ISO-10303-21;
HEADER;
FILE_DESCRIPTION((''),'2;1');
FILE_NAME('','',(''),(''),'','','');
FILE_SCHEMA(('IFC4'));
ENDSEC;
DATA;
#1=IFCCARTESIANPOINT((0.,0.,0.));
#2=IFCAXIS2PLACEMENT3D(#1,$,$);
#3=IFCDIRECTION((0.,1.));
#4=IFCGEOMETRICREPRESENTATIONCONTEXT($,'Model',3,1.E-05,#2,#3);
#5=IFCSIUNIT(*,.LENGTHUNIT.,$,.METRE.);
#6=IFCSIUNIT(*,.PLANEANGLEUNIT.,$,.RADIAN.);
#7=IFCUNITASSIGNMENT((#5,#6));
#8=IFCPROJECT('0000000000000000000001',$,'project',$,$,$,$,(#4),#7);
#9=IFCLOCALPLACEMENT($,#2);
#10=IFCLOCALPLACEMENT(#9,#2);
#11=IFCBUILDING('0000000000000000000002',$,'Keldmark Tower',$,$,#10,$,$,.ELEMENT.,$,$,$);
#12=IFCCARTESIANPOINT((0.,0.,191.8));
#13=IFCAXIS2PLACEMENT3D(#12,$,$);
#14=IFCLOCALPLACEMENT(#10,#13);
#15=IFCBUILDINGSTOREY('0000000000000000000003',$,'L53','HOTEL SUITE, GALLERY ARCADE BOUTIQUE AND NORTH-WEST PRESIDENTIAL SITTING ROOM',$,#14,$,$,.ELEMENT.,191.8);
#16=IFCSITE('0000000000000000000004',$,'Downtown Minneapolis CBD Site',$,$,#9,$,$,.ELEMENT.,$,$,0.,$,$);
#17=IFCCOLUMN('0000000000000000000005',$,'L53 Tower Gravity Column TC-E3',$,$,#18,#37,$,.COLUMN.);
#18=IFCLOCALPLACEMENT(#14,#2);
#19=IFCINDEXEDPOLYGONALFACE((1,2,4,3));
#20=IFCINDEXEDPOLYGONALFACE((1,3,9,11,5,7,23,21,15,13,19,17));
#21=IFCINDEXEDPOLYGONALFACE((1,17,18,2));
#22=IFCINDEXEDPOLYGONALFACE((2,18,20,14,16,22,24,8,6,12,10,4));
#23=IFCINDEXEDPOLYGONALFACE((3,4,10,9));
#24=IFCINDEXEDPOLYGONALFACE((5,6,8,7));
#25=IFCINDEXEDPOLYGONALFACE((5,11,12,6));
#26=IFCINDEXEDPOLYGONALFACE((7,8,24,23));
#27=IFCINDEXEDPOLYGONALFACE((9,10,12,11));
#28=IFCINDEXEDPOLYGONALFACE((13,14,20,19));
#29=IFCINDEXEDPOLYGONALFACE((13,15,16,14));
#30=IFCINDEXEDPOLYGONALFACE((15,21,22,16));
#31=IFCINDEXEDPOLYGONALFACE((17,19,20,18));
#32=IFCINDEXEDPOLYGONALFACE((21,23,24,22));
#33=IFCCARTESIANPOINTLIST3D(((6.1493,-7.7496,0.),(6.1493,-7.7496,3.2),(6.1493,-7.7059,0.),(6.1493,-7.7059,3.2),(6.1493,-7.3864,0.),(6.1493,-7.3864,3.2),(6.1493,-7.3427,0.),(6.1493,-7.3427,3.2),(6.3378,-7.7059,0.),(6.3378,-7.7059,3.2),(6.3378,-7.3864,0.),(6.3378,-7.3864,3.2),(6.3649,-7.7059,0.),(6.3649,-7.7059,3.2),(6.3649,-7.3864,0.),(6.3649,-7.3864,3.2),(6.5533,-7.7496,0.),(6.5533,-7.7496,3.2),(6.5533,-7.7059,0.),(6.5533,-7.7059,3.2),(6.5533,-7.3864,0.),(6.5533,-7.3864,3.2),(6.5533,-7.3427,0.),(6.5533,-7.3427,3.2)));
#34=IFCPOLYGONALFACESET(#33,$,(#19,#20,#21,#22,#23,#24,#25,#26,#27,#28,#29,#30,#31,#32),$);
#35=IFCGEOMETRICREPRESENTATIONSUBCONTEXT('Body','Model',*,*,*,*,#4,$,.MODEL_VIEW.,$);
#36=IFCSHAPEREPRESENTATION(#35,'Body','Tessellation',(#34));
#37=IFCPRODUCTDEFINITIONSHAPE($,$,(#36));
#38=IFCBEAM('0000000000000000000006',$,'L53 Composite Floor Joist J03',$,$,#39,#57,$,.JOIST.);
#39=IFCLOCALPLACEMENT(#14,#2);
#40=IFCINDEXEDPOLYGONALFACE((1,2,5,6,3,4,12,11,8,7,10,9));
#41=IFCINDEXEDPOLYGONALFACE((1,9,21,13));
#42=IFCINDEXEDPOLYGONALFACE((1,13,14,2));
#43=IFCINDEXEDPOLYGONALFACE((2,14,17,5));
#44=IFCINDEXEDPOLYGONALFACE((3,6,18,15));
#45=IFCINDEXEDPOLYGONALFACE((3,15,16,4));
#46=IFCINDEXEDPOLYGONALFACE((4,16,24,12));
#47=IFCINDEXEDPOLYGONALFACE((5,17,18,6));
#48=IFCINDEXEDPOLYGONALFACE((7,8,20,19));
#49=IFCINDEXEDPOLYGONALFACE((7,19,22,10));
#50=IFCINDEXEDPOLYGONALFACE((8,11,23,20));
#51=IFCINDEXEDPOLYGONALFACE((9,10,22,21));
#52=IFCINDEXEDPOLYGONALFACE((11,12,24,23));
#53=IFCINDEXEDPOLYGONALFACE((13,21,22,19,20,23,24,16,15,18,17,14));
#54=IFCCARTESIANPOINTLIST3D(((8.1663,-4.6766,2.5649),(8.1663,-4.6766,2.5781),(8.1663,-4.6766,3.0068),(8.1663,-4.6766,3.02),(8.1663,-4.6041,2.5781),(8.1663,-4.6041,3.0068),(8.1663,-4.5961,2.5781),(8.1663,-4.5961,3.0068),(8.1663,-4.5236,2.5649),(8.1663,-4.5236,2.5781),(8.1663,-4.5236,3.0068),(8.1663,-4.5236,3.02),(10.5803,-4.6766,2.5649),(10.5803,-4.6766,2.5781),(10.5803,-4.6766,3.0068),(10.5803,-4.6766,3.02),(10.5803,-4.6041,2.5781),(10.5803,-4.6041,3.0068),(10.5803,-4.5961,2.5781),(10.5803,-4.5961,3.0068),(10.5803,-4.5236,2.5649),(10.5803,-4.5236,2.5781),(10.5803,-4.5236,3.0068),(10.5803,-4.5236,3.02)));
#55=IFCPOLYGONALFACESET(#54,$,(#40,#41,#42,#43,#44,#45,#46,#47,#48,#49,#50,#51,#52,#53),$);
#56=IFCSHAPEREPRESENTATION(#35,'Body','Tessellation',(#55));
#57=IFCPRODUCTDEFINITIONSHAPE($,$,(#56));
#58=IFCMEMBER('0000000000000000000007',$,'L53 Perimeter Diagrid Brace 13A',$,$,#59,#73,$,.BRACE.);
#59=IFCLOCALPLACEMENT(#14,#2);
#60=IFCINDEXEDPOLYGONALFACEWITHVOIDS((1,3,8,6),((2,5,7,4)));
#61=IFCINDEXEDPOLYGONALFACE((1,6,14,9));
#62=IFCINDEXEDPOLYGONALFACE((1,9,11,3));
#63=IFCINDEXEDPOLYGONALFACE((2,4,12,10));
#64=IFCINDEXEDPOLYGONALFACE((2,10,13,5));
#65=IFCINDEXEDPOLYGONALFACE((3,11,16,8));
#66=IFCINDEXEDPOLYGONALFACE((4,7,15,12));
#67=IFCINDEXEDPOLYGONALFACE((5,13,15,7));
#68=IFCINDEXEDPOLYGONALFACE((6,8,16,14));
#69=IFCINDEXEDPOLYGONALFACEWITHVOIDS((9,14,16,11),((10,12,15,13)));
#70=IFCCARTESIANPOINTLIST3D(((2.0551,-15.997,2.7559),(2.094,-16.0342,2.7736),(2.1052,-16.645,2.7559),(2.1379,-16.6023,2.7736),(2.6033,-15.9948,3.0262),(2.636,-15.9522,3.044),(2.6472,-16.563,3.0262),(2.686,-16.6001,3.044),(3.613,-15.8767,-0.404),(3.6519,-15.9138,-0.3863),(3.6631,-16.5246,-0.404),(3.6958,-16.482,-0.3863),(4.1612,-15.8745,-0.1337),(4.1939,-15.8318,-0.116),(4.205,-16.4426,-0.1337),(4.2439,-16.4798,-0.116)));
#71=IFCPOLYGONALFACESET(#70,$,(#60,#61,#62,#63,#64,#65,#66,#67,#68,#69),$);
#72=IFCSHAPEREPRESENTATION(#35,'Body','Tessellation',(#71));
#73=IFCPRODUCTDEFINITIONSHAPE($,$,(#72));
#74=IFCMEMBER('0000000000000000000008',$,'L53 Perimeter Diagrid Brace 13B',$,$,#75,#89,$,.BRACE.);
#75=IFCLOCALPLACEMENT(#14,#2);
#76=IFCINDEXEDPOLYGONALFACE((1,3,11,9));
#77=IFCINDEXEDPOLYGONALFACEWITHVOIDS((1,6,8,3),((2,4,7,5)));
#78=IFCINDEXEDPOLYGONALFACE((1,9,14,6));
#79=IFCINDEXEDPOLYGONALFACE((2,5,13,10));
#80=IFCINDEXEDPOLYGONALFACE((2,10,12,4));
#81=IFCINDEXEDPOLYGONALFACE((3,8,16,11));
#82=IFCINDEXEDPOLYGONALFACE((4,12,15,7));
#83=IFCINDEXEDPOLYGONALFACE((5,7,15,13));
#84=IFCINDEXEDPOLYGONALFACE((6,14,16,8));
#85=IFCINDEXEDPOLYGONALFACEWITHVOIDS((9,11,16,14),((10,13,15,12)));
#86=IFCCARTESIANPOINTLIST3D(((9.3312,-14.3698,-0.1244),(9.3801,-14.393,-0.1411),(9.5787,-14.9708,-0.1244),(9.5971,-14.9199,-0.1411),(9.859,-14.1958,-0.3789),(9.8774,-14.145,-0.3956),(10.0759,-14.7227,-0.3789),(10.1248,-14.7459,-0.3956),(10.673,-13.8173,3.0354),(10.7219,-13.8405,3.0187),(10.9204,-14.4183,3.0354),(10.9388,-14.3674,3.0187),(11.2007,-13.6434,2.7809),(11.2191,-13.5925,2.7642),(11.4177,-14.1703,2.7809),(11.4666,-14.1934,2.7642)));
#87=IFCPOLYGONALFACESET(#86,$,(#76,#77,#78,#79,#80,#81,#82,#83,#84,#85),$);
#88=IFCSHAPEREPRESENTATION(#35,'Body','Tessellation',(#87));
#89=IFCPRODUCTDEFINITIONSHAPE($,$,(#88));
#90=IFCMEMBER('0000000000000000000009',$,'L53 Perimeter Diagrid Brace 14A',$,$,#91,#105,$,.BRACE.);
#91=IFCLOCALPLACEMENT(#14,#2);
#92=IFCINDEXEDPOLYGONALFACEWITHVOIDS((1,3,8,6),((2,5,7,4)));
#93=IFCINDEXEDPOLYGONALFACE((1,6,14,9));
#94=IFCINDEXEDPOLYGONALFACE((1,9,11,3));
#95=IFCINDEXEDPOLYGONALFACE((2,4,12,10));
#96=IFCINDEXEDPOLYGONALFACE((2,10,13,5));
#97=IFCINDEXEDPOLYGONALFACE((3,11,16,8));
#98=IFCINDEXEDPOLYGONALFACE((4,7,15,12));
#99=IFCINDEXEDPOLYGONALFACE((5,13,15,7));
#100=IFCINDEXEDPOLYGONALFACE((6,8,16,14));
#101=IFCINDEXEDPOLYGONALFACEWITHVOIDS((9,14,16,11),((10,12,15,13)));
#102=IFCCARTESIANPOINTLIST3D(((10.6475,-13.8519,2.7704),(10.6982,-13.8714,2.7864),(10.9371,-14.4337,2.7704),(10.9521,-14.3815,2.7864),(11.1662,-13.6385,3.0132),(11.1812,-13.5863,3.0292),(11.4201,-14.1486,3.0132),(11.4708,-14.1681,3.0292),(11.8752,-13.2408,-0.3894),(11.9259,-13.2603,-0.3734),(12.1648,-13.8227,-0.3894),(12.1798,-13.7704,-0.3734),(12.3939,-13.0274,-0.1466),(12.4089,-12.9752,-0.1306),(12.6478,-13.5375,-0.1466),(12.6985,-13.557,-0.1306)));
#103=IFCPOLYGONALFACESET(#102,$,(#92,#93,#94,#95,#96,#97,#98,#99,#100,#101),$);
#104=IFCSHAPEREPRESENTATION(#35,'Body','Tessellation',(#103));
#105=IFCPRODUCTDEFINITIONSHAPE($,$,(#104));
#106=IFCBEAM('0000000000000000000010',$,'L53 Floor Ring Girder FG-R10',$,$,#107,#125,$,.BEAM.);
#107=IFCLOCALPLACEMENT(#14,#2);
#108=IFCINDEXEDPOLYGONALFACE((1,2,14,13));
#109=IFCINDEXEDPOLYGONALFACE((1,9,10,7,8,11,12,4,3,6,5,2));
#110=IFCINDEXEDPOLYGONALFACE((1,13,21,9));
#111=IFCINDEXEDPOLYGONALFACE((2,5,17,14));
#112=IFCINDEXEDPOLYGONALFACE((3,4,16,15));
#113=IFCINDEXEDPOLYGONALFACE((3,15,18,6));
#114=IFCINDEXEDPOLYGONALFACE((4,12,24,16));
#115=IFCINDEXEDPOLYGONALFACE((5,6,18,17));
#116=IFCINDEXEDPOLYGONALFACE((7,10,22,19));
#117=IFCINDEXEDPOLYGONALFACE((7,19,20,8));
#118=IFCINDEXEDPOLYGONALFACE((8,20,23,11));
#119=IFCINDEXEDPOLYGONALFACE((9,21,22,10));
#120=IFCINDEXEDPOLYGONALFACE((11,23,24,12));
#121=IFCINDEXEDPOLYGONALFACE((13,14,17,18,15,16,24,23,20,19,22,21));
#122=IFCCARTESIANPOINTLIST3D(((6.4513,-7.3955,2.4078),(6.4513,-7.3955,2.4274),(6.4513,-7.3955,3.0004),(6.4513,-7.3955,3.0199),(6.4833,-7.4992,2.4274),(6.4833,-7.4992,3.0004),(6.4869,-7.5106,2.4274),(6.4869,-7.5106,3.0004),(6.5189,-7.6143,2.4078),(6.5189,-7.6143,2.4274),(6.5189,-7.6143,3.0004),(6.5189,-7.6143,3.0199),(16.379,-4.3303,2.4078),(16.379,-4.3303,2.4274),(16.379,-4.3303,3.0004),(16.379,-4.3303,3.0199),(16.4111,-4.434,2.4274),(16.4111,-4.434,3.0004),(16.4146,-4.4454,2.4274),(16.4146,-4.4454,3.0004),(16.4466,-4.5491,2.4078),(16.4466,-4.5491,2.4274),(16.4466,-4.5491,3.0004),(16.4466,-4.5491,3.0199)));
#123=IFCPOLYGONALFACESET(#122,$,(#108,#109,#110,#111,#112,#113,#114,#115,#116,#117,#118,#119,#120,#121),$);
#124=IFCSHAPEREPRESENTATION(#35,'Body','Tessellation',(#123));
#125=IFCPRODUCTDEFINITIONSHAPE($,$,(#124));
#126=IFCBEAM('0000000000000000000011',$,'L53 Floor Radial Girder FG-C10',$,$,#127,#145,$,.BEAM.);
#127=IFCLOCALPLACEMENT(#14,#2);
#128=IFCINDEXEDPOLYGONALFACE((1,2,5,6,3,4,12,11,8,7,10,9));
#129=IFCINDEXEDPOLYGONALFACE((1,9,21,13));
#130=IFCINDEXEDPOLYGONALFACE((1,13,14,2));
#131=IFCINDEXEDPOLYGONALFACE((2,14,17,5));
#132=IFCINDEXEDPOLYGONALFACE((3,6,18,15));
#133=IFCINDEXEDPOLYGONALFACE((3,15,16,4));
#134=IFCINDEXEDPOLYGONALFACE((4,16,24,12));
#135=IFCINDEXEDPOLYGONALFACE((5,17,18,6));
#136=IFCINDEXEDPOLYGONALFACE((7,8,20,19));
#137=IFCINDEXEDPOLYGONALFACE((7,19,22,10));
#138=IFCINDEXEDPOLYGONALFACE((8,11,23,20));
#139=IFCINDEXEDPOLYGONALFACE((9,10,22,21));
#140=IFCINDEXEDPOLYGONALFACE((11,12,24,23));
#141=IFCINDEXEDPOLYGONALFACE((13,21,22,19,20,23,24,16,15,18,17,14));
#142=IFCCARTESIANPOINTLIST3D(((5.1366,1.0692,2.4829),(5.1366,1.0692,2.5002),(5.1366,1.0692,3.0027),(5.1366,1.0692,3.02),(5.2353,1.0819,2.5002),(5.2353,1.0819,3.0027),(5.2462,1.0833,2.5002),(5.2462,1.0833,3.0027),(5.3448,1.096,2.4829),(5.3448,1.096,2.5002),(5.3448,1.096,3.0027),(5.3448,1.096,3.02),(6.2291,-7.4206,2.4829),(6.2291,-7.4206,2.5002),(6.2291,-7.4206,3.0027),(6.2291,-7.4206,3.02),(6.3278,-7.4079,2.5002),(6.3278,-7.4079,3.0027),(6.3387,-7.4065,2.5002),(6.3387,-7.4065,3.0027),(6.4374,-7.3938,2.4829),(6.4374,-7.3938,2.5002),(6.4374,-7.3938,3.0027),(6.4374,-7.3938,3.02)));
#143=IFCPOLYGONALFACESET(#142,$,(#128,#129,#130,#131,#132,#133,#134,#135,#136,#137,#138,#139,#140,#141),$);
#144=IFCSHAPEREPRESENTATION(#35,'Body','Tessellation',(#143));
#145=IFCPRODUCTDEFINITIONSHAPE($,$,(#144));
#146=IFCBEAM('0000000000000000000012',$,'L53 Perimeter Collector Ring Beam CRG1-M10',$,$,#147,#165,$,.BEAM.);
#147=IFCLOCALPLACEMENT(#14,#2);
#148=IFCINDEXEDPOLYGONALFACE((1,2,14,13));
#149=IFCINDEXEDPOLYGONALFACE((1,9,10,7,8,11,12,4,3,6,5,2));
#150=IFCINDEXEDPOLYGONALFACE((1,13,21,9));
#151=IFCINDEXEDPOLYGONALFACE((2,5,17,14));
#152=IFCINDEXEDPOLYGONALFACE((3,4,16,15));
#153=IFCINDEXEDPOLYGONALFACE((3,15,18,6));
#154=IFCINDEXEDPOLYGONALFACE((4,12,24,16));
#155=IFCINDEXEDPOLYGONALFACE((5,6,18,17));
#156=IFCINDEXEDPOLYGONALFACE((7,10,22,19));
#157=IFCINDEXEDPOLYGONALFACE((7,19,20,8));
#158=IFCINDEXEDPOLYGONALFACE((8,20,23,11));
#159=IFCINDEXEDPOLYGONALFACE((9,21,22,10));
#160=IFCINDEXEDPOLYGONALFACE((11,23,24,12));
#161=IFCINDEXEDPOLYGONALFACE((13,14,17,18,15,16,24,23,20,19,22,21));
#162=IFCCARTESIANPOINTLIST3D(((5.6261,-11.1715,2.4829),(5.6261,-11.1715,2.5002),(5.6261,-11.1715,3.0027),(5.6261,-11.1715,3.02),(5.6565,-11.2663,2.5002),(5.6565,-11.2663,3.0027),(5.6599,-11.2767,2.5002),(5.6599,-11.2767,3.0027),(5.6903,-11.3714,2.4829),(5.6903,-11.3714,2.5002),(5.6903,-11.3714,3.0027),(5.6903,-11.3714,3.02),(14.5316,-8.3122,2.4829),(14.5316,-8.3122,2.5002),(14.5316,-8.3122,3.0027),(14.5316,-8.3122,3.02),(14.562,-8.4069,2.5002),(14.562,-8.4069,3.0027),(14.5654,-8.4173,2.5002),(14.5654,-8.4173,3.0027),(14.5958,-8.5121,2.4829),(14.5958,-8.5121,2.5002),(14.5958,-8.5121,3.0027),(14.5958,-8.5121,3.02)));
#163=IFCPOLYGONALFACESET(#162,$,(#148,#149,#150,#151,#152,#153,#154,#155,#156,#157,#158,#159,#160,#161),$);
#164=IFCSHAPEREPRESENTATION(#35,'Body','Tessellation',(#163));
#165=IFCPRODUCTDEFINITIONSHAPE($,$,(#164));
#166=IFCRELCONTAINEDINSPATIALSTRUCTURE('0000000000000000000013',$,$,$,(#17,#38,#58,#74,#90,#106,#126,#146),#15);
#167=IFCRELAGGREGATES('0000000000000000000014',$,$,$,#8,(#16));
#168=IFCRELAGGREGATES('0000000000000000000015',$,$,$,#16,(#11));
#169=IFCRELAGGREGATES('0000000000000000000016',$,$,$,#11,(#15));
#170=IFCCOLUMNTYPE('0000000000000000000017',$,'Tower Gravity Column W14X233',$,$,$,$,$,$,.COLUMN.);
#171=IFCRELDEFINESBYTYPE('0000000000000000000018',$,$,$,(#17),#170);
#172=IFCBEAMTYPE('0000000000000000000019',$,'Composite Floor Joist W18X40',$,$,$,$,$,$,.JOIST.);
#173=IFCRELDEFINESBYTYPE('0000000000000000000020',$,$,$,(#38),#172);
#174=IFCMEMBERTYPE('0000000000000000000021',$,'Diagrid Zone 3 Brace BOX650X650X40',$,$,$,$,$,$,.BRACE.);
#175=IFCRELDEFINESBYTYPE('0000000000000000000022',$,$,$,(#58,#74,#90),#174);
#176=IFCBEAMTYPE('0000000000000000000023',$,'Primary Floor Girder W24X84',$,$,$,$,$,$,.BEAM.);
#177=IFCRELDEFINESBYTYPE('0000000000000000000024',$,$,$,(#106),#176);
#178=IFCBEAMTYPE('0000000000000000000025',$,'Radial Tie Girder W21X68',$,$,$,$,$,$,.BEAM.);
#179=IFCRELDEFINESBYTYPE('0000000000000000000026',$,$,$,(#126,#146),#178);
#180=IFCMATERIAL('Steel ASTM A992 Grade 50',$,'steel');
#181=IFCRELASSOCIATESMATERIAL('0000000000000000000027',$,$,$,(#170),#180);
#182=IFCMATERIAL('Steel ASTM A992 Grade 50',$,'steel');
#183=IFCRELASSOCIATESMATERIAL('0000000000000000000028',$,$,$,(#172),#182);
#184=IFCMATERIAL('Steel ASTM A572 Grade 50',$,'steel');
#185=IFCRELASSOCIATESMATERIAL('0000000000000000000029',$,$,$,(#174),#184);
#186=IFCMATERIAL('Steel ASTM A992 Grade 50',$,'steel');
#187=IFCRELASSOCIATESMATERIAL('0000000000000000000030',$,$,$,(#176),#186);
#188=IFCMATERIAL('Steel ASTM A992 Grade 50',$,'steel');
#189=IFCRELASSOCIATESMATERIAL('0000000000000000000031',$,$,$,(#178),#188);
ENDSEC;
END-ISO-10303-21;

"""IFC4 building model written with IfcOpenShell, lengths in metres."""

from ifc_helpers import new_model, si_unit, direction, frame, origin, origin_2d, place, context, subcontext, project, spatial, hollow_rectangle, i_section, extrude, material, material_profile, profile_set, type_object, element, save


model = new_model("IFC4")

# Units and contexts
model_context = context("Model", 3, precision=1e-05, world=origin(), true_north=direction((0.0, 1.0)))
body_context = subcontext(model_context, "Body", "Model", "MODEL_VIEW")
ifc_project = project(units=[si_unit("LENGTHUNIT", "METRE"), si_unit("PLANEANGLEUNIT", "RADIAN")], contexts=[model_context])

# Site, building, storey
site_placement = place(None, origin())
site = spatial("IfcSite", under=ifc_project, at=site_placement, Name="Downtown Minneapolis CBD Site", CompositionType="ELEMENT", RefElevation=0.0)
building_placement = place(site_placement, origin())
building = spatial("IfcBuilding", under=site, at=building_placement, Name="Keldmark Tower", CompositionType="ELEMENT")
storey_placement = place(building_placement, frame((0.0, 0.0, 191.8)))
storey = spatial("IfcBuildingStorey", under=building, at=storey_placement, Name="L53", Description="HOTEL SUITE, GALLERY ARCADE BOUTIQUE AND NORTH-WEST PRESIDENTIAL SITTING ROOM", CompositionType="ELEMENT", Elevation=191.8)

# Column
ifc_material_1 = material(Name="Steel ASTM A992 Grade 50", Category="steel")
ifc_material_profile_1 = material_profile(ifc_material_1, i_section(OverallWidth=0.4041, OverallDepth=0.407, WebThickness=0.0271, FlangeThickness=0.0437, at=origin_2d()), Name="W14X233")
ifc_profile_set_1 = profile_set([ifc_material_profile_1], Name="Steel ASTM A992 Grade 50")
column_type = type_object("IfcColumnType", Name="Tower Gravity Column W14X233", PredefinedType="COLUMN", material=ifc_profile_set_1)
column_placement = place(storey_placement, frame((6.3513, -7.5461, 0.0), z_axis=(0.0, 0.0, 1.0), x_axis=(1.0, 0.0, 0.0)))
element("IfcColumn", 1, at=column_placement, inside=storey, type_object=column_type, Name="L53 Tower Gravity Column TC-E3", PredefinedType="COLUMN", context=body_context, shape_type="SweptSolid", body=[
    extrude(i_section(OverallWidth=0.4041, OverallDepth=0.407, WebThickness=0.0271, FlangeThickness=0.0437, at=origin_2d()), origin(), (0.0, 0.0, 1.0), 3.2),
])

# Beam
ifc_material_2 = material(Name="Steel ASTM A992 Grade 50", Category="steel")
ifc_material_profile_2 = material_profile(ifc_material_2, i_section(OverallWidth=0.1531, OverallDepth=0.4551, WebThickness=0.0081, FlangeThickness=0.0132, at=origin_2d()), Name="W18X40")
ifc_profile_set_2 = profile_set([ifc_material_profile_2], Name="Steel ASTM A992 Grade 50")
beam_type_1 = type_object("IfcBeamType", Name="Composite Floor Joist W18X40", PredefinedType="JOIST", material=ifc_profile_set_2)
beam_1_placement = place(storey_placement, frame((8.1663, -4.6001, 2.7925), z_axis=(1.0, 0.0, 0.0), x_axis=(0.0, 1.0, 0.0)))
element("IfcBeam", 2, at=beam_1_placement, inside=storey, type_object=beam_type_1, Name="L53 Composite Floor Joist J03", PredefinedType="JOIST", context=body_context, shape_type="SweptSolid", body=[
    extrude(i_section(OverallWidth=0.1531, OverallDepth=0.4551, WebThickness=0.0081, FlangeThickness=0.0132, at=origin_2d()), origin(), (0.0, 0.0, 1.0), 2.4141),
])

# Members
ifc_material_3 = material(Name="Steel ASTM A572 Grade 50", Category="steel")
ifc_material_profile_3 = material_profile(ifc_material_3, hollow_rectangle(XDim=0.6499, YDim=0.6499, WallThickness=0.04, at=origin_2d()), Name="BOX650X650X40")
ifc_profile_set_3 = profile_set([ifc_material_profile_3], Name="Steel ASTM A572 Grade 50")
member_type = type_object("IfcMemberType", Name="Diagrid Zone 3 Brace BOX650X650X40", PredefinedType="BRACE", material=ifc_profile_set_3)
member_1_placement = place(storey_placement, frame((3.9285, -16.1782, -0.26), z_axis=(-0.441932, -0.034144, 0.896399), x_axis=(0.077031, -0.997029, 0.0)))
element("IfcMember", 3, at=member_1_placement, inside=storey, type_object=member_type, Name="L53 Perimeter Diagrid Brace 13A", PredefinedType="BRACE", context=body_context, shape_type="SweptSolid", body=[
    extrude(hollow_rectangle(XDim=0.6499, YDim=0.6499, WallThickness=0.04, at=origin_2d()), origin(), (0.0, 0.0, 1.0), 3.5251),
])
member_2_placement = place(storey_placement, frame((9.728, -14.5579, -0.26), z_axis=(0.385888, 0.158891, 0.90876), x_axis=(-0.380741, 0.924682, 0.0)))
element("IfcMember", 4, at=member_2_placement, inside=storey, type_object=member_type, Name="L53 Perimeter Diagrid Brace 13B", PredefinedType="BRACE", context=body_context, shape_type="SweptSolid", body=[
    extrude(hollow_rectangle(XDim=0.6499, YDim=0.6499, WallThickness=0.04, at=origin_2d()), origin(), (0.0, 0.0, 1.0), 3.4771),
])
member_3_placement = place(storey_placement, frame((12.2869, -13.3989, -0.26), z_axis=(-0.356427, -0.177399, 0.917327), x_axis=(0.445575, -0.895245, 0.0)))
element("IfcMember", 5, at=member_3_placement, inside=storey, type_object=member_type, Name="L53 Perimeter Diagrid Brace 14A", PredefinedType="BRACE", context=body_context, shape_type="SweptSolid", body=[
    extrude(hollow_rectangle(XDim=0.6499, YDim=0.6499, WallThickness=0.04, at=origin_2d()), origin(), (0.0, 0.0, 1.0), 3.4446),
])

# Beams
ifc_material_4 = material(Name="Steel ASTM A992 Grade 50", Category="steel")
ifc_material_profile_4 = material_profile(ifc_material_4, i_section(OverallWidth=0.229, OverallDepth=0.6121, WebThickness=0.012, FlangeThickness=0.0195, at=origin_2d()), Name="W24X84")
ifc_profile_set_4 = profile_set([ifc_material_profile_4], Name="Steel ASTM A992 Grade 50")
beam_type_2 = type_object("IfcBeamType", Name="Primary Floor Girder W24X84", PredefinedType="BEAM", material=ifc_profile_set_4)
beam_2_placement = place(storey_placement, frame((6.4851, -7.5049, 2.7139), z_axis=(0.955495, 0.295009, 0.0), x_axis=(-0.295009, 0.955495, 0.0)))
element("IfcBeam", 6, at=beam_2_placement, inside=storey, type_object=beam_type_2, Name="L53 Floor Ring Girder FG-R10", PredefinedType="BEAM", context=body_context, shape_type="SweptSolid", body=[
    extrude(i_section(OverallWidth=0.229, OverallDepth=0.6121, WebThickness=0.012, FlangeThickness=0.0195, at=origin_2d()), origin(), (0.0, 0.0, 1.0), 10.3901),
])
ifc_material_5 = material(Name="Steel ASTM A992 Grade 50", Category="steel")
ifc_material_profile_5 = material_profile(ifc_material_5, i_section(OverallWidth=0.21, OverallDepth=0.5371, WebThickness=0.011, FlangeThickness=0.0173, at=origin_2d()), Name="W21X68")
ifc_profile_set_5 = profile_set([ifc_material_profile_5], Name="Steel ASTM A992 Grade 50")
beam_type_3 = type_object("IfcBeamType", Name="Radial Tie Girder W21X68", PredefinedType="BEAM", material=ifc_profile_set_5)
beam_3_placement = place(storey_placement, frame((6.3333, -7.4072, 2.7515), z_axis=(-0.127636, 0.991821, 0.0), x_axis=(-0.991821, -0.127636, 0.0)))
element("IfcBeam", 7, at=beam_3_placement, inside=storey, type_object=beam_type_3, Name="L53 Floor Radial Girder FG-C10", PredefinedType="BEAM", context=body_context, shape_type="SweptSolid", body=[
    extrude(i_section(OverallWidth=0.21, OverallDepth=0.5371, WebThickness=0.011, FlangeThickness=0.0173, at=origin_2d()), origin(), (0.0, 0.0, 1.0), 8.5598),
])
beam_4_placement = place(storey_placement, frame((5.6582, -11.2715, 2.7515), z_axis=(0.952125, 0.305708, 0.0), x_axis=(-0.305708, 0.952125, 0.0)))
element("IfcBeam", 8, at=beam_4_placement, inside=storey, type_object=beam_type_3, Name="L53 Perimeter Collector Ring Beam CRG1-M10", PredefinedType="BEAM", context=body_context, shape_type="SweptSolid", body=[
    extrude(i_section(OverallWidth=0.21, OverallDepth=0.5371, WebThickness=0.011, FlangeThickness=0.0173, at=origin_2d()), origin(), (0.0, 0.0, 1.0), 9.3533),
])

save(model, "model.ifc")
